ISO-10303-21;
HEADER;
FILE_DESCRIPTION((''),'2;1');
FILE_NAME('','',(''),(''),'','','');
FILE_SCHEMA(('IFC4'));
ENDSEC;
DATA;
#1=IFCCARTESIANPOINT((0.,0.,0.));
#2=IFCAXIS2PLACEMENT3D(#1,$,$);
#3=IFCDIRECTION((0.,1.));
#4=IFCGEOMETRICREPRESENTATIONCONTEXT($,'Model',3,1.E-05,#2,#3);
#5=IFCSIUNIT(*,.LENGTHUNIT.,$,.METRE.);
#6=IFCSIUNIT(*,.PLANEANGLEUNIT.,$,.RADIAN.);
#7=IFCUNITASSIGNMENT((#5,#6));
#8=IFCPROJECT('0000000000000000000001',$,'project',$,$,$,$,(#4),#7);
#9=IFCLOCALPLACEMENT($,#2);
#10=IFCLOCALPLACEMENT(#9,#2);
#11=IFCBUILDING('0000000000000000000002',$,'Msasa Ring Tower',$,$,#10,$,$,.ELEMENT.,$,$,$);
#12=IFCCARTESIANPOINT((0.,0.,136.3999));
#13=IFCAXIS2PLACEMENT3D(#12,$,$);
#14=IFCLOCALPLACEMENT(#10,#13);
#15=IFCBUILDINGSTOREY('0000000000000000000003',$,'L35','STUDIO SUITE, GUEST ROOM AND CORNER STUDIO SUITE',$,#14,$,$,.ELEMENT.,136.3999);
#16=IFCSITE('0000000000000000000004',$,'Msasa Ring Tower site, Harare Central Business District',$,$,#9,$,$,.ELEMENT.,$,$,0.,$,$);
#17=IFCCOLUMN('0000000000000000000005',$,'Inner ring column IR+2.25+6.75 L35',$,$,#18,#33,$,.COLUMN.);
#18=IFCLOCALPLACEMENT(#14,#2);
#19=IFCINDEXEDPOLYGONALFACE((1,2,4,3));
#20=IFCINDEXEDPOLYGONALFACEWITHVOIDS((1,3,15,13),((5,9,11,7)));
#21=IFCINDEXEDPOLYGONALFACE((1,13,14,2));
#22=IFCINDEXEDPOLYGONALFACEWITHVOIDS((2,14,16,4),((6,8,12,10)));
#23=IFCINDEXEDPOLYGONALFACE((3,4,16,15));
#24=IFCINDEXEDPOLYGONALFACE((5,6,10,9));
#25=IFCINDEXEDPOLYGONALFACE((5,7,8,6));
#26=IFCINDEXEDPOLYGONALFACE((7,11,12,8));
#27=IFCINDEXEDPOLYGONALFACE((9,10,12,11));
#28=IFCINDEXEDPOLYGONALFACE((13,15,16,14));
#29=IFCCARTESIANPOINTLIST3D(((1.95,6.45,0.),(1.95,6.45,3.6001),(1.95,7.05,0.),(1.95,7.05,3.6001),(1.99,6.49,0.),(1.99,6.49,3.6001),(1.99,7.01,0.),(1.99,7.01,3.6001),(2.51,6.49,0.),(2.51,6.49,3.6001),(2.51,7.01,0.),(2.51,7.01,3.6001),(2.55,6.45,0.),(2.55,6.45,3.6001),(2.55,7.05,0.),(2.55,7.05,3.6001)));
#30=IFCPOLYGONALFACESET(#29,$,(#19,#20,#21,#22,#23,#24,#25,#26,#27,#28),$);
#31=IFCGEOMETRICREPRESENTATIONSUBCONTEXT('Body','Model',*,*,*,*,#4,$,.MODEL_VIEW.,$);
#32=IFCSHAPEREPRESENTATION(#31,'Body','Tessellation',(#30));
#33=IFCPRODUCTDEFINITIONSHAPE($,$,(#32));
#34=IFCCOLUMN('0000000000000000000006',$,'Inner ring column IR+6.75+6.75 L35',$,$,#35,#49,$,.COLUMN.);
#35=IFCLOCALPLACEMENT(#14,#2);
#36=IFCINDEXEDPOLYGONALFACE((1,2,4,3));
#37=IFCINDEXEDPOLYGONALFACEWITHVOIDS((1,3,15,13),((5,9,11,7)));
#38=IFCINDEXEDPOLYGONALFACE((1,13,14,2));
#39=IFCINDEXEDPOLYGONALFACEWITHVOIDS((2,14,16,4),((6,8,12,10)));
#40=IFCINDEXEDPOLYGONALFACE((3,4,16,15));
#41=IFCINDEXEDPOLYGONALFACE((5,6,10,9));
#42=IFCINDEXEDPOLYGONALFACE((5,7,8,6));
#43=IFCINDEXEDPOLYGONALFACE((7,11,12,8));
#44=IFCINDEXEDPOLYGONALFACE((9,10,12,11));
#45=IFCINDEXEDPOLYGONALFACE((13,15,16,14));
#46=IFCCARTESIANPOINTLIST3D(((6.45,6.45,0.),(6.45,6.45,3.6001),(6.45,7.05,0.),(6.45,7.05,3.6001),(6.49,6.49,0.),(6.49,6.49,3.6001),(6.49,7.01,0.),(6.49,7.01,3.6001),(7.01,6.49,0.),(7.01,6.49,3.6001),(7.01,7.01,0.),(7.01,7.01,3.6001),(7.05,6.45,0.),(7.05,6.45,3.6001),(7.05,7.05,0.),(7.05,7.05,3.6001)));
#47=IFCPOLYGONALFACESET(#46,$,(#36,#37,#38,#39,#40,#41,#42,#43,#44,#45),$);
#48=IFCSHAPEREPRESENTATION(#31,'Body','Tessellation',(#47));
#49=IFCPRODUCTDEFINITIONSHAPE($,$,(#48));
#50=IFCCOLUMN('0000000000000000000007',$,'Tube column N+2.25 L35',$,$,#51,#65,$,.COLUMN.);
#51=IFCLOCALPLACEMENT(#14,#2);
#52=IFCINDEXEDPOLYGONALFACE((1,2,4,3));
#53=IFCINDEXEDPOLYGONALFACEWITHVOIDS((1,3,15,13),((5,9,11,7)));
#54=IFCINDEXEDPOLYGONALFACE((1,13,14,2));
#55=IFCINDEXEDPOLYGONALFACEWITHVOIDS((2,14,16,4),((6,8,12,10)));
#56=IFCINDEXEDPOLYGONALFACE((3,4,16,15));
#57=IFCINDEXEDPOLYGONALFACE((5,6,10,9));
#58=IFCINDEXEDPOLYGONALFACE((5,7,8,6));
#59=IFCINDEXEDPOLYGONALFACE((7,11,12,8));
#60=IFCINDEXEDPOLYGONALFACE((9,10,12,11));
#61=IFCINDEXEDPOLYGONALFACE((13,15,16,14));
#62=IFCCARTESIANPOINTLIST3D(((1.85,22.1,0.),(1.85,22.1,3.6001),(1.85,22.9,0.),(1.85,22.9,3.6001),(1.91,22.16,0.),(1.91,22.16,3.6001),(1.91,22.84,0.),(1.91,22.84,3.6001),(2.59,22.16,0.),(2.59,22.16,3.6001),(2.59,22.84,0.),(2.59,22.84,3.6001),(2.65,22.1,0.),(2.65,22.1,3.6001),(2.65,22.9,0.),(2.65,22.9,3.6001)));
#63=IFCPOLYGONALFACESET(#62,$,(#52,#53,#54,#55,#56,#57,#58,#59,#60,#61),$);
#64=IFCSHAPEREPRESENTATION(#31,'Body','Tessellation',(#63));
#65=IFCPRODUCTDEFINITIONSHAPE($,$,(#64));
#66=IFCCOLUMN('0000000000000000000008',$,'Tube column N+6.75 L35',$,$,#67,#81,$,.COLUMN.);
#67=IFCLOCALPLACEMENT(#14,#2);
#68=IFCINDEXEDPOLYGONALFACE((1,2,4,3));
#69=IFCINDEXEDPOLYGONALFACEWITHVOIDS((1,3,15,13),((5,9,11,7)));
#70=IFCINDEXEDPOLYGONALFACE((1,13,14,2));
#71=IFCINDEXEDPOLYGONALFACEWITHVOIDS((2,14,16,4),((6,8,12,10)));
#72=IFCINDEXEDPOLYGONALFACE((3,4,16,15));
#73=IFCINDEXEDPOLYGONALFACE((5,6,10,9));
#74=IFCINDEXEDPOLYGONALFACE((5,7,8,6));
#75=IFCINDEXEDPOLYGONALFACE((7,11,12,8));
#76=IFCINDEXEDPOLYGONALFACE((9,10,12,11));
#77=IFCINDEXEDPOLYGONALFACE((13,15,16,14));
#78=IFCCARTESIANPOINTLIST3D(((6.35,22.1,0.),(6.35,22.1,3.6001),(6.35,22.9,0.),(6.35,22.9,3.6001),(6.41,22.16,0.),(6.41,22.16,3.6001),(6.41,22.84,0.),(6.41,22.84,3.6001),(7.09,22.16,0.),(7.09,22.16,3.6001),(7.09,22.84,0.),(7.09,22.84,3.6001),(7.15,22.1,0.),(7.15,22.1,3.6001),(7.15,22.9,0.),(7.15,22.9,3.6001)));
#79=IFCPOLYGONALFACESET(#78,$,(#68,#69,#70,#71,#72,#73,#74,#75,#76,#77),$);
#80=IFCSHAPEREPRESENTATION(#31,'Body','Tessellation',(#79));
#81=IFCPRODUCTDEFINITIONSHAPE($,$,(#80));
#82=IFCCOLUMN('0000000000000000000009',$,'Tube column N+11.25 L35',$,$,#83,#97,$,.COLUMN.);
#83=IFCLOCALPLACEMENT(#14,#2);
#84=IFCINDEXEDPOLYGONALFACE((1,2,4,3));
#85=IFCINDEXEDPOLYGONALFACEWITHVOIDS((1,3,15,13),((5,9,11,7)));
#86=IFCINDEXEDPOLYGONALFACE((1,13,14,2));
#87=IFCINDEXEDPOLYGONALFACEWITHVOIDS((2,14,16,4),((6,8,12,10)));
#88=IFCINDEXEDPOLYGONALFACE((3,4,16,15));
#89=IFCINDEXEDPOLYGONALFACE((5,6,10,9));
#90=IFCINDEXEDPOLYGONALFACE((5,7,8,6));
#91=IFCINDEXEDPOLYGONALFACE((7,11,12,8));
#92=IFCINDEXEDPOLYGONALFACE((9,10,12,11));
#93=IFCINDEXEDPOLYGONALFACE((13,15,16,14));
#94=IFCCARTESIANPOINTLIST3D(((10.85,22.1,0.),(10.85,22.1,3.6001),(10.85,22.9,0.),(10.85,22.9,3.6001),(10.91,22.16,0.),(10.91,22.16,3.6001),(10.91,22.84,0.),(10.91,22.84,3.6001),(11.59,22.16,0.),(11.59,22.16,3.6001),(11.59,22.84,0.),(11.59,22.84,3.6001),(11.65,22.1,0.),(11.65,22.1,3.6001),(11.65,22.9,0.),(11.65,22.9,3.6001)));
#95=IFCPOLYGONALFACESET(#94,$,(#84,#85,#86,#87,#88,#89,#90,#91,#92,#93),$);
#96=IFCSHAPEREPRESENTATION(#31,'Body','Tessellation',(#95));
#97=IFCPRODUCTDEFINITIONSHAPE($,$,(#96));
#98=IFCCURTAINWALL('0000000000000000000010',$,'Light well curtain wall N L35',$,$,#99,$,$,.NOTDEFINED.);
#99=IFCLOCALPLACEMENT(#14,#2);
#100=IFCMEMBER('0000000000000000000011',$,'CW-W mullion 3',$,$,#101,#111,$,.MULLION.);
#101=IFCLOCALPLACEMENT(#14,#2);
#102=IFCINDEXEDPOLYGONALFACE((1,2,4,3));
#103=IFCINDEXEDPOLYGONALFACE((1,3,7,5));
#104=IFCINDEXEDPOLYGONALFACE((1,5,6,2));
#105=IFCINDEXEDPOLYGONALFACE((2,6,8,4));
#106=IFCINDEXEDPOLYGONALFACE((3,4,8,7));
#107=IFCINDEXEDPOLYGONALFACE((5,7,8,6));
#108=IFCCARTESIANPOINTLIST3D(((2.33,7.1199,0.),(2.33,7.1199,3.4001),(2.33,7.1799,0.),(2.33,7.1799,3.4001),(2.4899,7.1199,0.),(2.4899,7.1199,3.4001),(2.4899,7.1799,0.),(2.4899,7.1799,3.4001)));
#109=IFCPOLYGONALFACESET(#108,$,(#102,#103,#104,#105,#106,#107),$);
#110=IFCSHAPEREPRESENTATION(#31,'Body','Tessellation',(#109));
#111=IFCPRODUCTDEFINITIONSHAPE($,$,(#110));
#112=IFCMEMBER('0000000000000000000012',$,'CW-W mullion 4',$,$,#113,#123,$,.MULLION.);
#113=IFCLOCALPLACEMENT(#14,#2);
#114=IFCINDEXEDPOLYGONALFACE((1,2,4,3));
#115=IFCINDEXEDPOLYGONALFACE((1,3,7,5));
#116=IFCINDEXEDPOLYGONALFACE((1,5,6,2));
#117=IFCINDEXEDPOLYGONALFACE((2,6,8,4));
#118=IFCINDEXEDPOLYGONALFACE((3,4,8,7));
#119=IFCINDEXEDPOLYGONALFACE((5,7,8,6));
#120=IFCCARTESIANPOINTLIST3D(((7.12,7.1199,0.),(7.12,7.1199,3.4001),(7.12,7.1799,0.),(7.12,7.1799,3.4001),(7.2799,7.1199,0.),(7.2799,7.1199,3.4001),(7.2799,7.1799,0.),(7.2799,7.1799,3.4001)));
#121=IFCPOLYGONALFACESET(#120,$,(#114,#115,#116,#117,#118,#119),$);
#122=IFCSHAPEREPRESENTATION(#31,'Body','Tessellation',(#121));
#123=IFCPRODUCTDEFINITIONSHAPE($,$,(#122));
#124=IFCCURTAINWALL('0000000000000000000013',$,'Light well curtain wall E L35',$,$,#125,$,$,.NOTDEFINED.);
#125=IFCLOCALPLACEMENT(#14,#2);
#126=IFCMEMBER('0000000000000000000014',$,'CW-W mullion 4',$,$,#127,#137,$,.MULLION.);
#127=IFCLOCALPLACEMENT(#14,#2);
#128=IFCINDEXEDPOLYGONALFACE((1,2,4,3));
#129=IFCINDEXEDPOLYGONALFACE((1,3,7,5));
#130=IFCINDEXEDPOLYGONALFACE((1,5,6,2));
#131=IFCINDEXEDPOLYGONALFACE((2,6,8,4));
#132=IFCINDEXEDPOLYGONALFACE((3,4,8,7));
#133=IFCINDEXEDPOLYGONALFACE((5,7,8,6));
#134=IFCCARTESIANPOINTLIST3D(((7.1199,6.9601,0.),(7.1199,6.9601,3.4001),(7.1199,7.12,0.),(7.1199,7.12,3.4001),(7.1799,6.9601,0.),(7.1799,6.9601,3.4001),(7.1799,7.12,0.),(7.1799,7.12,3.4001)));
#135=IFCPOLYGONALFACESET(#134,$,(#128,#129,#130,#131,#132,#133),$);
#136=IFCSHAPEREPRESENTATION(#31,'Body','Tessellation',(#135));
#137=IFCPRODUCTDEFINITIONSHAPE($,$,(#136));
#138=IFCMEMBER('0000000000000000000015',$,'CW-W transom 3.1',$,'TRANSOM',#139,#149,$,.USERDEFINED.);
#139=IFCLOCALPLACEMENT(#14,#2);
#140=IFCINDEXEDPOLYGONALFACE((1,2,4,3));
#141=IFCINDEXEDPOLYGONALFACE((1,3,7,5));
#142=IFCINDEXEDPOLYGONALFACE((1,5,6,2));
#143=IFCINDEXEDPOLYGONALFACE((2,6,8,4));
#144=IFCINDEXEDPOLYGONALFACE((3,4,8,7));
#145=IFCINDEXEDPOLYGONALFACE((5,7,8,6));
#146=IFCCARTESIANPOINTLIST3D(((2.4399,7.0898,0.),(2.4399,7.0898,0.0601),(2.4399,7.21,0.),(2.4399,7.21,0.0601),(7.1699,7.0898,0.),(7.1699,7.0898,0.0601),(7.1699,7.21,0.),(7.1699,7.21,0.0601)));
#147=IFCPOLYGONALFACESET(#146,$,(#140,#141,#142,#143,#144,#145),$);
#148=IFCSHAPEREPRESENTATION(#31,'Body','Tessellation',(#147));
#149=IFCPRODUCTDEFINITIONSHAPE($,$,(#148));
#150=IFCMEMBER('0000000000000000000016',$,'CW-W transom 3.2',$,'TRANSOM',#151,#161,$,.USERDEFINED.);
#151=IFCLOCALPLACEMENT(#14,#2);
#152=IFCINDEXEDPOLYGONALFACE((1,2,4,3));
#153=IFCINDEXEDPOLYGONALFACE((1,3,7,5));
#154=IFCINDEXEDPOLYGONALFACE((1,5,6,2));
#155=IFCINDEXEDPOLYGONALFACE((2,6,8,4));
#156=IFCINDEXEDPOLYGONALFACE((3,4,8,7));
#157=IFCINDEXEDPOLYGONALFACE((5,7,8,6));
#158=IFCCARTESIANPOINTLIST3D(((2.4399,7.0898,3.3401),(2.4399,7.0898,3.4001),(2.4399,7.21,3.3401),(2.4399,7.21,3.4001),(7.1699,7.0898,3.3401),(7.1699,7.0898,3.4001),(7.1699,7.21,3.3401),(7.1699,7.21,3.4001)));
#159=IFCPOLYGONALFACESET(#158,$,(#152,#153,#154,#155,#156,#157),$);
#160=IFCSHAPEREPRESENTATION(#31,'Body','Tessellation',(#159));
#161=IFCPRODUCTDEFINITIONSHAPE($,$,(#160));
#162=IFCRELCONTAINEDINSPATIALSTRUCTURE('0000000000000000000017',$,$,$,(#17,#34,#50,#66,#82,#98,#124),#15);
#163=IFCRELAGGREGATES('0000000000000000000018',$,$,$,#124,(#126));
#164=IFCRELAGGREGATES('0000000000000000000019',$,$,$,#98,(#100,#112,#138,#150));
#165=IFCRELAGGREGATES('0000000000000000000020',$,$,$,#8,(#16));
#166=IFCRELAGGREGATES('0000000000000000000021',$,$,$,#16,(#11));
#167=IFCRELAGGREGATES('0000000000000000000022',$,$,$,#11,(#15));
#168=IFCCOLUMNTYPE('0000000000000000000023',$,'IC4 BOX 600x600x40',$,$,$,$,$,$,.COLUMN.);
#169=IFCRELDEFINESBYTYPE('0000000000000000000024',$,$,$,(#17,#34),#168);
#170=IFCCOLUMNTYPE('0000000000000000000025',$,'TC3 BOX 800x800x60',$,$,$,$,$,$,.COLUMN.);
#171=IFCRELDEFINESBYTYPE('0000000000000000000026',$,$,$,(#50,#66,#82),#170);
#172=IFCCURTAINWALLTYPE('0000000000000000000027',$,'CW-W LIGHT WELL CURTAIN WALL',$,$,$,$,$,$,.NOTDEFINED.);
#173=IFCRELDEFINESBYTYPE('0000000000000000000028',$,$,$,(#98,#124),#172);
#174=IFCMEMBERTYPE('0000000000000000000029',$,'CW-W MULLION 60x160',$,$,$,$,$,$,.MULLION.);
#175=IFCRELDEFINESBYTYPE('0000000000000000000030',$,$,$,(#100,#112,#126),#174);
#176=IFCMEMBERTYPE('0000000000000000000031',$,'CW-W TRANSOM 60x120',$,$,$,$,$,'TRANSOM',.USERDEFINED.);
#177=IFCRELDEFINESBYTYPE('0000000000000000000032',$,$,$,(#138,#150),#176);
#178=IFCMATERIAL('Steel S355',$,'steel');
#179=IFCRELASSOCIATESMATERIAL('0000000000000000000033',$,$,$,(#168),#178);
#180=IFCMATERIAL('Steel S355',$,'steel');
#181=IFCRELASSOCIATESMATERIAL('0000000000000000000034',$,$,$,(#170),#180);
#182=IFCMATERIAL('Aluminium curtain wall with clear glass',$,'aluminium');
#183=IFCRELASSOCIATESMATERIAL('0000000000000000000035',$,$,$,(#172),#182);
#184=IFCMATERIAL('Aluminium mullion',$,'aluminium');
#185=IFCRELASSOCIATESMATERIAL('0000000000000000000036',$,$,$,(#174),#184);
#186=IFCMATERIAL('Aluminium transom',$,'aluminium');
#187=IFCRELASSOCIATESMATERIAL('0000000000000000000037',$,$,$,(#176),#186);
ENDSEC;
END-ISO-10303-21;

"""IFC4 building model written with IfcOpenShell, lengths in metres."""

from ifc_helpers import new_model, si_unit, direction, frame, origin, origin_2d, place, context, subcontext, project, spatial, rectangle, hollow_rectangle, extrude, material, material_profile, profile_set, type_object, element, aggregate, save


model = new_model("IFC4")

# Units and contexts
model_context = context("Model", 3, precision=1e-05, world=origin(), true_north=direction((0.0, 1.0)))
body_context = subcontext(model_context, "Body", "Model", "MODEL_VIEW")
ifc_project = project(units=[si_unit("LENGTHUNIT", "METRE"), si_unit("PLANEANGLEUNIT", "RADIAN")], contexts=[model_context])

# Site, building, storey
site_placement = place(None, origin())
site = spatial("IfcSite", under=ifc_project, at=site_placement, Name="Msasa Ring Tower site, Harare Central Business District", CompositionType="ELEMENT", RefElevation=0.0)
building_placement = place(site_placement, origin())
building = spatial("IfcBuilding", under=site, at=building_placement, Name="Msasa Ring Tower", CompositionType="ELEMENT")
storey_placement = place(building_placement, frame((0.0, 0.0, 136.3999)))
storey = spatial("IfcBuildingStorey", under=building, at=storey_placement, Name="L35", Description="STUDIO SUITE, GUEST ROOM AND CORNER STUDIO SUITE", CompositionType="ELEMENT", Elevation=136.3999)

# Columns
ifc_material_1 = material(Name="Steel S355", Category="steel")
ifc_material_profile_1 = material_profile(ifc_material_1, hollow_rectangle(XDim=0.6001, YDim=0.6001, WallThickness=0.04, at=origin_2d()), Name="BOX 600x600x40")
ifc_profile_set_1 = profile_set([ifc_material_profile_1], Name="Steel S355")
column_type_1 = type_object("IfcColumnType", Name="IC4 BOX 600x600x40", PredefinedType="COLUMN", material=ifc_profile_set_1)
for number, where, z_axis, x_axis, name in (
    (1, (2.25, 6.75, 0.0), (0.0, 0.0, 1.0), (1.0, 0.0, 0.0), "Inner ring column IR+2.25+6.75 L35"),
    (2, (6.75, 6.75, 0.0), (0.0, 0.0, 1.0), (1.0, 0.0, 0.0), "Inner ring column IR+6.75+6.75 L35"),
):
    element("IfcColumn", number, at=place(storey_placement, frame(where, z_axis=z_axis, x_axis=x_axis)), inside=storey, type_object=column_type_1, Name=name, PredefinedType="COLUMN", context=body_context, shape_type="SweptSolid", body=[
        extrude(hollow_rectangle(XDim=0.6001, YDim=0.6001, WallThickness=0.04, at=origin_2d()), origin(), (0.0, 0.0, 1.0), 3.6001),
    ])
ifc_material_2 = material(Name="Steel S355", Category="steel")
ifc_material_profile_2 = material_profile(ifc_material_2, hollow_rectangle(XDim=0.8, YDim=0.8, WallThickness=0.0601, at=origin_2d()), Name="BOX 800x800x60")
ifc_profile_set_2 = profile_set([ifc_material_profile_2], Name="Steel S355")
column_type_2 = type_object("IfcColumnType", Name="TC3 BOX 800x800x60", PredefinedType="COLUMN", material=ifc_profile_set_2)
for number, where, z_axis, x_axis, name in (
    (3, (2.25, 22.5, 0.0), (0.0, 0.0, 1.0), (0.0, 1.0, 0.0), "Tube column N+2.25 L35"),
    (4, (6.75, 22.5, 0.0), (0.0, 0.0, 1.0), (0.0, 1.0, 0.0), "Tube column N+6.75 L35"),
    (5, (11.25, 22.5, 0.0), (0.0, 0.0, 1.0), (0.0, 1.0, 0.0), "Tube column N+11.25 L35"),
):
    element("IfcColumn", number, at=place(storey_placement, frame(where, z_axis=z_axis, x_axis=x_axis)), inside=storey, type_object=column_type_2, Name=name, PredefinedType="COLUMN", context=body_context, shape_type="SweptSolid", body=[
        extrude(hollow_rectangle(XDim=0.8, YDim=0.8, WallThickness=0.0601, at=origin_2d()), origin(), (0.0, 0.0, 1.0), 3.6001),
    ])

# Curtain wall, members
ifc_material_3 = material(Name="Aluminium curtain wall with clear glass", Category="aluminium")
curtain_wall_type = type_object("IfcCurtainWallType", Name="CW-W LIGHT WELL CURTAIN WALL", PredefinedType="NOTDEFINED", material=ifc_material_3)
curtain_wall_1_placement = place(storey_placement, origin())
curtain_wall_1 = element("IfcCurtainWall", 6, at=curtain_wall_1_placement, inside=storey, type_object=curtain_wall_type, Name="Light well curtain wall N L35", PredefinedType="NOTDEFINED")
ifc_material_4 = material(Name="Aluminium mullion", Category="aluminium")
ifc_material_profile_3 = material_profile(ifc_material_4, rectangle(XDim=0.0601, YDim=0.1599, at=origin_2d()), Name="AL 60x160")
ifc_profile_set_3 = profile_set([ifc_material_profile_3], Name="Aluminium mullion")
member_type_1 = type_object("IfcMemberType", Name="CW-W MULLION 60x160", PredefinedType="MULLION", material=ifc_profile_set_3)
member_1_placement = place(storey_placement, frame((2.4099, 7.1499, 0.0), z_axis=(0.0, 0.0, 1.0), x_axis=(0.0, 1.0, 0.0)))
member_1 = element("IfcMember", 7, at=member_1_placement, type_object=member_type_1, Name="CW-W mullion 3", PredefinedType="MULLION", context=body_context, shape_type="SweptSolid", body=[
    extrude(rectangle(XDim=0.0601, YDim=0.1599, at=origin_2d()), origin(), (0.0, 0.0, 1.0), 3.4001),
])
member_2_placement = place(storey_placement, frame((7.2, 7.1499, 0.0), z_axis=(0.0, 0.0, 1.0), x_axis=(0.0, 1.0, 0.0)))
member_2 = element("IfcMember", 8, at=member_2_placement, type_object=member_type_1, Name="CW-W mullion 4", PredefinedType="MULLION", context=body_context, shape_type="SweptSolid", body=[
    extrude(rectangle(XDim=0.0601, YDim=0.1599, at=origin_2d()), origin(), (0.0, 0.0, 1.0), 3.4001),
])

# Curtain wall, member
curtain_wall_2_placement = place(storey_placement, origin())
curtain_wall_2 = element("IfcCurtainWall", 9, at=curtain_wall_2_placement, inside=storey, type_object=curtain_wall_type, Name="Light well curtain wall E L35", PredefinedType="NOTDEFINED")
member_3_placement = place(storey_placement, frame((7.1499, 7.04, 0.0), z_axis=(0.0, 0.0, 1.0), x_axis=(-1.0, 0.0, 0.0)))
member_3 = element("IfcMember", 10, at=member_3_placement, type_object=member_type_1, Name="CW-W mullion 4", PredefinedType="MULLION", context=body_context, shape_type="SweptSolid", body=[
    extrude(rectangle(XDim=0.0601, YDim=0.1599, at=origin_2d()), origin(), (0.0, 0.0, 1.0), 3.4001),
])
aggregate(curtain_wall_2, [member_3])

# Members
ifc_material_5 = material(Name="Aluminium transom", Category="aluminium")
ifc_material_profile_4 = material_profile(ifc_material_5, rectangle(XDim=0.1201, YDim=0.0601, at=origin_2d()), Name="AL 60x120")
ifc_profile_set_4 = profile_set([ifc_material_profile_4], Name="Aluminium transom")
member_type_2 = type_object("IfcMemberType", Name="CW-W TRANSOM 60x120", ElementType="TRANSOM", PredefinedType="USERDEFINED", material=ifc_profile_set_4)
member_4_placement = place(storey_placement, frame((2.4399, 7.1499, 0.03), z_axis=(1.0, 0.0, 0.0), x_axis=(0.0, 1.0, 0.0)))
member_4 = element("IfcMember", 11, at=member_4_placement, type_object=member_type_2, Name="CW-W transom 3.1", ObjectType="TRANSOM", PredefinedType="USERDEFINED", context=body_context, shape_type="SweptSolid", body=[
    extrude(rectangle(XDim=0.1201, YDim=0.0601, at=origin_2d()), origin(), (0.0, 0.0, 1.0), 4.73),
])
member_5_placement = place(storey_placement, frame((2.4399, 7.1499, 3.3701), z_axis=(1.0, 0.0, 0.0), x_axis=(0.0, 1.0, 0.0)))
member_5 = element("IfcMember", 12, at=member_5_placement, type_object=member_type_2, Name="CW-W transom 3.2", ObjectType="TRANSOM", PredefinedType="USERDEFINED", context=body_context, shape_type="SweptSolid", body=[
    extrude(rectangle(XDim=0.1201, YDim=0.0601, at=origin_2d()), origin(), (0.0, 0.0, 1.0), 4.73),
])

aggregate(curtain_wall_1, [member_1, member_2, member_4, member_5])

save(model, "model.ifc")
